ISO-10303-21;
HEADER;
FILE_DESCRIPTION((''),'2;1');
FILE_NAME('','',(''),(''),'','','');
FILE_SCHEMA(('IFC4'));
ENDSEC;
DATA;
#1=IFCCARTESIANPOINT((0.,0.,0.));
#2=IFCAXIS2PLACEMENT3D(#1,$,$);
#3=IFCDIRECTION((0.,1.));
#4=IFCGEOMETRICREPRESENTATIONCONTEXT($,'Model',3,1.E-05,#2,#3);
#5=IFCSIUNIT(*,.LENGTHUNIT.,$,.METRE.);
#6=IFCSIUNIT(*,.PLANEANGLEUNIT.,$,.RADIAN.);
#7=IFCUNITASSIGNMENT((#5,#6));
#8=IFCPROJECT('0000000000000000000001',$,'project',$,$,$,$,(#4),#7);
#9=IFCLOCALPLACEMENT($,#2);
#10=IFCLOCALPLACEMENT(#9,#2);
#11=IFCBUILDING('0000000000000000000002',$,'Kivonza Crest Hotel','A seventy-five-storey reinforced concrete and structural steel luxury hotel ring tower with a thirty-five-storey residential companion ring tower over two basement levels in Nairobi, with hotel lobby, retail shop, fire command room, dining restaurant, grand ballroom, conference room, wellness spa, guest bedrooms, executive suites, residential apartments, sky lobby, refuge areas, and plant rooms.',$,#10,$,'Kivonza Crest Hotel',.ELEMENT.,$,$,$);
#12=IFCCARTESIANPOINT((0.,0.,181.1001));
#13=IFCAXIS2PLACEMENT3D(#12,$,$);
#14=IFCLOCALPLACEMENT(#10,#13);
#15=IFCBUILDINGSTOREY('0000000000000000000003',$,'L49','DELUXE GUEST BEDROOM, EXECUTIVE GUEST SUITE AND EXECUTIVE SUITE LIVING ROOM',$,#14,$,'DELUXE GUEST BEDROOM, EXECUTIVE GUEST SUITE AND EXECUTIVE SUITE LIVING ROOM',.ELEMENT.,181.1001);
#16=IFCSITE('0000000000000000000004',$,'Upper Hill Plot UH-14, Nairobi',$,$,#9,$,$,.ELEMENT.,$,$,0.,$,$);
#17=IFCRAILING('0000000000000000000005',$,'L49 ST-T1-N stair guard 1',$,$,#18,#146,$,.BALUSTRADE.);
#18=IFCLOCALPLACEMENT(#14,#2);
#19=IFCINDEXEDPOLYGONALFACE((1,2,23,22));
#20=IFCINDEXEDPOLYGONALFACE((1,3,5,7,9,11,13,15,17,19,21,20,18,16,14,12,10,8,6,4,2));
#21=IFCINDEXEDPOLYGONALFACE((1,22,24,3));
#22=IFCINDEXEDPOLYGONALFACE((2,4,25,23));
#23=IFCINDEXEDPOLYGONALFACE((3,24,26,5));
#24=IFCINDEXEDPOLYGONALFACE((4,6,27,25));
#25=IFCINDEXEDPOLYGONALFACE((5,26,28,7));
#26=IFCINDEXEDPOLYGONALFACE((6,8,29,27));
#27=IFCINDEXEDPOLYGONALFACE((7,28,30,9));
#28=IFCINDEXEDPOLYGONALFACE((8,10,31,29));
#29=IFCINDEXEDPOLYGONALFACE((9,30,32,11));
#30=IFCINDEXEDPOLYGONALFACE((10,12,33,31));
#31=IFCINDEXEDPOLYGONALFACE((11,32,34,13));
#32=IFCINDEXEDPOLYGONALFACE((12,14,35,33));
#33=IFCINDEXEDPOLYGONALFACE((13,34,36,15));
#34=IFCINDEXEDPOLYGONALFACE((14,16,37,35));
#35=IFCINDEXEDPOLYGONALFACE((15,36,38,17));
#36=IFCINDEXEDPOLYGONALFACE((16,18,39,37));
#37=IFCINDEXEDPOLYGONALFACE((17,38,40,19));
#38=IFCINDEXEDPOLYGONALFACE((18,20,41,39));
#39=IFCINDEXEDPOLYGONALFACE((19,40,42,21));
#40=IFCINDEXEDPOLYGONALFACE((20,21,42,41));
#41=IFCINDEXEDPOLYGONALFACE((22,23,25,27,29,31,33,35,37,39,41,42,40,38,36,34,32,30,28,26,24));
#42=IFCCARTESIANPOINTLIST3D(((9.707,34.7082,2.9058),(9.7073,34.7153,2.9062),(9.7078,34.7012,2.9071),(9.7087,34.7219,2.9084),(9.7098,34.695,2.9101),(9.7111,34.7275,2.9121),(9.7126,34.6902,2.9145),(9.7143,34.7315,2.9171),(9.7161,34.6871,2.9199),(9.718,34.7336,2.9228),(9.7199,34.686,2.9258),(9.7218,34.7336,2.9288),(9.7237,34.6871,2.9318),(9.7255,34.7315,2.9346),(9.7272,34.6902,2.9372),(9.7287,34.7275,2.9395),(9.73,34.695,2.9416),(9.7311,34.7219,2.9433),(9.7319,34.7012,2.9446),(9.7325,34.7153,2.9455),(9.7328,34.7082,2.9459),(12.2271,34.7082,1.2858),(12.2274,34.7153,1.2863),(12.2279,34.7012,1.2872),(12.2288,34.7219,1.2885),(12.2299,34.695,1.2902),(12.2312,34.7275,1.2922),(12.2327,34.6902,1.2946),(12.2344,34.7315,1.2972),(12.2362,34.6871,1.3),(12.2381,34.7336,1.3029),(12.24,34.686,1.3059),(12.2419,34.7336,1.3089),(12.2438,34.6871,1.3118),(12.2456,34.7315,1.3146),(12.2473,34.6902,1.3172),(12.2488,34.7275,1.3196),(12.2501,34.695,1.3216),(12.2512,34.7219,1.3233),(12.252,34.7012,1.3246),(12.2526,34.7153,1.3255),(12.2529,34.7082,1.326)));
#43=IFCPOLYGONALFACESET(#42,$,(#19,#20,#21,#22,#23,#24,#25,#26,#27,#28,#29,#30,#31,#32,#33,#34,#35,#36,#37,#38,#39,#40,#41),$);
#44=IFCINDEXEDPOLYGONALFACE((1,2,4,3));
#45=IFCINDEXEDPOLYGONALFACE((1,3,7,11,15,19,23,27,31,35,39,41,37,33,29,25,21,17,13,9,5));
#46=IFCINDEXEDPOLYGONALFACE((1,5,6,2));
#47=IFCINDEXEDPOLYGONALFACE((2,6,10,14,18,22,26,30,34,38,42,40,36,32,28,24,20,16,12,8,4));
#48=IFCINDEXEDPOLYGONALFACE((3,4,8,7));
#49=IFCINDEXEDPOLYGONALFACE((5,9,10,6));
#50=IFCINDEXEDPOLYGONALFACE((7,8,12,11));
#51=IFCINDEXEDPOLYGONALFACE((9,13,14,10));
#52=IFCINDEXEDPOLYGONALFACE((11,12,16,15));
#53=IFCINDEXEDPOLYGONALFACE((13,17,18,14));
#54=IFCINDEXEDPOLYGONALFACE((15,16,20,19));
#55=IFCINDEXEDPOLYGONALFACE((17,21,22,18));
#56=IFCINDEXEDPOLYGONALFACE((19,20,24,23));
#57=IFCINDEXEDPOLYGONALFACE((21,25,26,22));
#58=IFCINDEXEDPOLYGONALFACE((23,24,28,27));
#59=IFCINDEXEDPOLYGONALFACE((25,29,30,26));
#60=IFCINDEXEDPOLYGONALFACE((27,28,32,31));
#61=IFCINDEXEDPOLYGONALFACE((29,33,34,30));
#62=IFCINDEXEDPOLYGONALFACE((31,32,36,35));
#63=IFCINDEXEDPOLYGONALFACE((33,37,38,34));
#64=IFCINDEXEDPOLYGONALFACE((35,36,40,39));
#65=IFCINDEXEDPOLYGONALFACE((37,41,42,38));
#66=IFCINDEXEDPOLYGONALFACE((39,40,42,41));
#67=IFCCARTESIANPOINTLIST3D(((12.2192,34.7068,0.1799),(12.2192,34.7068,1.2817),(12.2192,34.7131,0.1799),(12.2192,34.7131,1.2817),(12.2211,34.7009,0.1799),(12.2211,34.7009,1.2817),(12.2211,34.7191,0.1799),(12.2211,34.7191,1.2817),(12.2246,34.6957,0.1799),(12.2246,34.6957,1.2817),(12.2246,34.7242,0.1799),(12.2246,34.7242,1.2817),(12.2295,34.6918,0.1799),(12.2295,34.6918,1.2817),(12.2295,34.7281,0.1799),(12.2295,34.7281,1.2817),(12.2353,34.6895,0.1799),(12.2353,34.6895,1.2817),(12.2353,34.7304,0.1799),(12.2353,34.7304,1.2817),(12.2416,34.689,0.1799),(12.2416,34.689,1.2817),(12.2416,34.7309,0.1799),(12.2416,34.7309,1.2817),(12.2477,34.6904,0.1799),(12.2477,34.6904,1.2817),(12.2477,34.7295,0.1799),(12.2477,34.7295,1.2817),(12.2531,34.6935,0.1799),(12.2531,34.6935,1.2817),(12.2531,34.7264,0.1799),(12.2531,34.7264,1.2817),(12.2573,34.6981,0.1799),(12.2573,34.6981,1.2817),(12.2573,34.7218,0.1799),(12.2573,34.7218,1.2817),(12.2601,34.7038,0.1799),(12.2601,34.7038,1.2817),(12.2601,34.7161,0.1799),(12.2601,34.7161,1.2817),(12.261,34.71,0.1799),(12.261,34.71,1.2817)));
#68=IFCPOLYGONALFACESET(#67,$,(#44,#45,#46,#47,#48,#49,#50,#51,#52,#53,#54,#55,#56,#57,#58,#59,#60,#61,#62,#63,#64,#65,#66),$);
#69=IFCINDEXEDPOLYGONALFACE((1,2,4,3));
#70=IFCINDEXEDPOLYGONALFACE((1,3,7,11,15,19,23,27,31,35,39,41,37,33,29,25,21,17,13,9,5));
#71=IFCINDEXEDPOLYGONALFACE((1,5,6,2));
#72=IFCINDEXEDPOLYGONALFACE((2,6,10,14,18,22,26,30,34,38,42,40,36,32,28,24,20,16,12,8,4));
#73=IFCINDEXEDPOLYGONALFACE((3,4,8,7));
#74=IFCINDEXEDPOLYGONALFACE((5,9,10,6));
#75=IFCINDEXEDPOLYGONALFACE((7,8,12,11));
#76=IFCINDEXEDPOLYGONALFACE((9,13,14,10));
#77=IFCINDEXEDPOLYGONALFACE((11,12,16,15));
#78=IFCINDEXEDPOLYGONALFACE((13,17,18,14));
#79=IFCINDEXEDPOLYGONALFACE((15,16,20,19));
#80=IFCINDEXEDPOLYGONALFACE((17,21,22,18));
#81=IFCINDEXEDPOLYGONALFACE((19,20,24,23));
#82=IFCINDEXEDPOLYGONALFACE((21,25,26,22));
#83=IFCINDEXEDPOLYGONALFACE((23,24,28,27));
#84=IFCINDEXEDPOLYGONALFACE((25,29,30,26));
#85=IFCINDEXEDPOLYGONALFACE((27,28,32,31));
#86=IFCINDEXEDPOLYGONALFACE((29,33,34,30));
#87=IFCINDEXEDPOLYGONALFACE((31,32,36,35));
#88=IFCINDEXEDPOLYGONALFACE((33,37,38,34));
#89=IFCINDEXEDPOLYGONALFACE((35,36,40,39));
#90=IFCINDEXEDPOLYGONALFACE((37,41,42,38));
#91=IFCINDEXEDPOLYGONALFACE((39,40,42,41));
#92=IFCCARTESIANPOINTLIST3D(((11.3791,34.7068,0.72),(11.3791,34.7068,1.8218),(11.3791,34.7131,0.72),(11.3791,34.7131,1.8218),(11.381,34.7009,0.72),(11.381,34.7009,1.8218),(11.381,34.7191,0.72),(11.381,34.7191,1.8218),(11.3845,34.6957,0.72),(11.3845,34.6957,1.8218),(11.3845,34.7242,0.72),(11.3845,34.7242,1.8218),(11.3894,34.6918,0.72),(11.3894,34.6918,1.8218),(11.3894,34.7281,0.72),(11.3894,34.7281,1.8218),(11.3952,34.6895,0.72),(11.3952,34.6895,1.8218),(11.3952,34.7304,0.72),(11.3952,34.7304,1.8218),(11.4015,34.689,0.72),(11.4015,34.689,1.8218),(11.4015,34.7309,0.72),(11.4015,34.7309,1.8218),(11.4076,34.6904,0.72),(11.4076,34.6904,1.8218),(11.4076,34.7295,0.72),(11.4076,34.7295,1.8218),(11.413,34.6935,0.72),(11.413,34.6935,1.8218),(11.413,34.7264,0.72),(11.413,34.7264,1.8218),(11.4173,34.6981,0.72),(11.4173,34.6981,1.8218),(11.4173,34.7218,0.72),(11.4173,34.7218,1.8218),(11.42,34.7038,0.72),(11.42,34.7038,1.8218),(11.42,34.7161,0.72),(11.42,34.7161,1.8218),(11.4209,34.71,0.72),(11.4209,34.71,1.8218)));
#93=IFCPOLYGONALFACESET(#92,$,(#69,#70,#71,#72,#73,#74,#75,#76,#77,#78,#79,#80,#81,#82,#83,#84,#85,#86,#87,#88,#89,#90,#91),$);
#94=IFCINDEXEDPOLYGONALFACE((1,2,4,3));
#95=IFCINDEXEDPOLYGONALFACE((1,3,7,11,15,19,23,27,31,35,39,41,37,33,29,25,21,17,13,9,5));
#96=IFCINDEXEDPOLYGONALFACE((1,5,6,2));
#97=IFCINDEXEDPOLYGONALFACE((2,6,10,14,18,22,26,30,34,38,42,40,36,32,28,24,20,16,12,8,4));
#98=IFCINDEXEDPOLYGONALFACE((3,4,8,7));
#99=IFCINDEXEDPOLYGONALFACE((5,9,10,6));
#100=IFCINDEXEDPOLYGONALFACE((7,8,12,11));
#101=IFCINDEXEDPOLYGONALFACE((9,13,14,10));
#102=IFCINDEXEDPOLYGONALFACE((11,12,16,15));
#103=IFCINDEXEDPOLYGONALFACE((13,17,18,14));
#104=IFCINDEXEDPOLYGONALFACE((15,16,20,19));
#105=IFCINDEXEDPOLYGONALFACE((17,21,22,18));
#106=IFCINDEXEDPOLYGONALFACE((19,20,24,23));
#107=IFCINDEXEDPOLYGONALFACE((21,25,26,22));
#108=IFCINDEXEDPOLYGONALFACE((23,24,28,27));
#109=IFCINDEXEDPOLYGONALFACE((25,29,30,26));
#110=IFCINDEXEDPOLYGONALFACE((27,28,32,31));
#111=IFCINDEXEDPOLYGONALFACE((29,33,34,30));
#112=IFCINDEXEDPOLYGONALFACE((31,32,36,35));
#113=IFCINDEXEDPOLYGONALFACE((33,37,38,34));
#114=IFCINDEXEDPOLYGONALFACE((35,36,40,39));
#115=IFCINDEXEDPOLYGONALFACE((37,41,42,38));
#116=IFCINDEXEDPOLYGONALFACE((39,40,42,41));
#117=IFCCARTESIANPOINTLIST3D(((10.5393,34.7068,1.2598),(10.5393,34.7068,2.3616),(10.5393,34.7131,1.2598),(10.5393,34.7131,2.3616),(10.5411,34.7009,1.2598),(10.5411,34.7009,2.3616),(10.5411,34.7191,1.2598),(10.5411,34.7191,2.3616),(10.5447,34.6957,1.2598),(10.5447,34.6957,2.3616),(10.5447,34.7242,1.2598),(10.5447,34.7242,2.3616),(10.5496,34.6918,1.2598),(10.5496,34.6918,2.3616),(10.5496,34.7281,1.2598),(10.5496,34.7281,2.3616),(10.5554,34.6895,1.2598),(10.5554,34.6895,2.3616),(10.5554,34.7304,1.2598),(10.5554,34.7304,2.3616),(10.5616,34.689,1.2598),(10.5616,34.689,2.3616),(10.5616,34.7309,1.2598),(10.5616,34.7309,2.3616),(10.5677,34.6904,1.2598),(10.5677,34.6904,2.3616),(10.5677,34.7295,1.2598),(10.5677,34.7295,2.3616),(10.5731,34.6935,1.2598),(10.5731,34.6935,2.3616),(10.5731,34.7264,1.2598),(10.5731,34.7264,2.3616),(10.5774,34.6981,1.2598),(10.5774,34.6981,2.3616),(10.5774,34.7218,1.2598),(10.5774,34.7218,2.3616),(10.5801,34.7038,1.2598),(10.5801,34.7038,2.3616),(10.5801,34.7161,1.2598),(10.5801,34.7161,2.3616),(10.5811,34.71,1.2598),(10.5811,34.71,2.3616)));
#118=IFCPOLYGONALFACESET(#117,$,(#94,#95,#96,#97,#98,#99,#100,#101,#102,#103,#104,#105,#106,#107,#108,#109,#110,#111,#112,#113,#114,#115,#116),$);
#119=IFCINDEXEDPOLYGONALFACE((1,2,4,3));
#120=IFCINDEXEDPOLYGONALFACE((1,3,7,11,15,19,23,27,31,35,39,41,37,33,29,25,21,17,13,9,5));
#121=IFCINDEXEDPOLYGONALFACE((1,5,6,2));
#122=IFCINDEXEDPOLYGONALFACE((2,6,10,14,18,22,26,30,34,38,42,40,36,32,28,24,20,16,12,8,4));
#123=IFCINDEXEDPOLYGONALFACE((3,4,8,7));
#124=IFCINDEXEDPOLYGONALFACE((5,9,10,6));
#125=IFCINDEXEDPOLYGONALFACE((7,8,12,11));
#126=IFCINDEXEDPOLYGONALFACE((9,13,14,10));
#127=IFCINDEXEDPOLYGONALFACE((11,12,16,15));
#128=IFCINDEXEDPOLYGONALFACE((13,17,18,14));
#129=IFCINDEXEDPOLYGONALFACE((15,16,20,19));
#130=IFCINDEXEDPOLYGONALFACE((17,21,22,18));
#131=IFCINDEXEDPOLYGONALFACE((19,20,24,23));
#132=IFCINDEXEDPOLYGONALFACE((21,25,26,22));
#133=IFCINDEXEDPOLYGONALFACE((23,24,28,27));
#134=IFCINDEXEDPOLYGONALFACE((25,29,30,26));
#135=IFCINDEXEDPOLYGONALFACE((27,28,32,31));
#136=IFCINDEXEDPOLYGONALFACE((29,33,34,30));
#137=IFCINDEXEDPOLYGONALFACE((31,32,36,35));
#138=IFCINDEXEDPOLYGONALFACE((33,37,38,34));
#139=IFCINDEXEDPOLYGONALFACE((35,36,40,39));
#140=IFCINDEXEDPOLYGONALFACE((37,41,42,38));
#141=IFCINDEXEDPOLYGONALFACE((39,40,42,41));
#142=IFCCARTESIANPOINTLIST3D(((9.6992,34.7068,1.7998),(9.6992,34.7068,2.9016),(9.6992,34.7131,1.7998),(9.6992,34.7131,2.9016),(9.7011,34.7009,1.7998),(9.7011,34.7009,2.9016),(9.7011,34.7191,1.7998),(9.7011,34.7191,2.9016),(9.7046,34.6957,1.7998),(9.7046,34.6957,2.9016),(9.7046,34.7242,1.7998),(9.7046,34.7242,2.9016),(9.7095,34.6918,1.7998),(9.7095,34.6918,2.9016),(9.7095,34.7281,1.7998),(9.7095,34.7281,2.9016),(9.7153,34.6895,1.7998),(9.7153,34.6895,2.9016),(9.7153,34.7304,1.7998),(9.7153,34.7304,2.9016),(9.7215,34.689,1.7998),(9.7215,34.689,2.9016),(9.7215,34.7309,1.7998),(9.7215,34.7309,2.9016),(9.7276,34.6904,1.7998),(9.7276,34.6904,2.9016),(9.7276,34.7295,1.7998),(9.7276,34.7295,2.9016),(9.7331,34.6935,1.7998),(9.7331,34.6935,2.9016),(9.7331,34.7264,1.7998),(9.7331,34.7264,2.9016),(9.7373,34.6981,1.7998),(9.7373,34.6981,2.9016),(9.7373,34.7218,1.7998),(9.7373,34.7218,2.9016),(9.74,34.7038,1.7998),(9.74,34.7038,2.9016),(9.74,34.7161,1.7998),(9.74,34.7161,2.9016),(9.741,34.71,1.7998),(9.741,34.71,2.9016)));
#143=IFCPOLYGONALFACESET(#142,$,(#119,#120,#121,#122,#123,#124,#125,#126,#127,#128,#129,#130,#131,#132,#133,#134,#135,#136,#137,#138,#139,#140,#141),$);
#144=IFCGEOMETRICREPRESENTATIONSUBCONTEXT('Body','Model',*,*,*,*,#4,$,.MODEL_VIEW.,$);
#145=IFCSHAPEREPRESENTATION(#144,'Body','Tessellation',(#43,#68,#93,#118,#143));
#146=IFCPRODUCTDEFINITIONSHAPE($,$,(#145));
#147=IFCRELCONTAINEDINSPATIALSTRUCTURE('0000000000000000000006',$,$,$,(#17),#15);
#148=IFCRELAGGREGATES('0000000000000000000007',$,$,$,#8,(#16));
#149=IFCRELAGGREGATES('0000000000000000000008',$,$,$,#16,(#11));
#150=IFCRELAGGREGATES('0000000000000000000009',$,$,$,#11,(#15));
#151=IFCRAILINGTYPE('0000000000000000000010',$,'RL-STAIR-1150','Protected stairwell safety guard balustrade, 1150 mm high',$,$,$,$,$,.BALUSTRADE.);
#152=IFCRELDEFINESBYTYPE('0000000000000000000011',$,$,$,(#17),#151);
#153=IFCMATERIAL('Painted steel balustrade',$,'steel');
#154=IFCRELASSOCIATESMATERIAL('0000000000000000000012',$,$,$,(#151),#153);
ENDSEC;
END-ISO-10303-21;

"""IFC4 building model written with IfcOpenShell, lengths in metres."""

from ifc_helpers import new_model, si_unit, direction, frame, origin, origin_2d, place, context, subcontext, project, spatial, circle, extrude, material, type_object, element, save


model = new_model("IFC4")

# Units and contexts
model_context = context("Model", 3, precision=1e-05, world=origin(), true_north=direction((0.0, 1.0)))
body_context = subcontext(model_context, "Body", "Model", "MODEL_VIEW")
ifc_project = project(units=[si_unit("LENGTHUNIT", "METRE"), si_unit("PLANEANGLEUNIT", "RADIAN")], contexts=[model_context])

# Site, building, storey
site_placement = place(None, origin())
site = spatial("IfcSite", under=ifc_project, at=site_placement, Name="Upper Hill Plot UH-14, Nairobi", CompositionType="ELEMENT", RefElevation=0.0)
building_placement = place(site_placement, origin())
building = spatial("IfcBuilding", under=site, at=building_placement, Name="Kivonza Crest Hotel", Description="A seventy-five-storey reinforced concrete and structural steel luxury hotel ring tower with a thirty-five-storey residential companion ring tower over two basement levels in Nairobi, with hotel lobby, retail shop, fire command room, dining restaurant, grand ballroom, conference room, wellness spa, guest bedrooms, executive suites, residential apartments, sky lobby, refuge areas, and plant rooms.", LongName="Kivonza Crest Hotel", CompositionType="ELEMENT")
storey_placement = place(building_placement, frame((0.0, 0.0, 181.1001)))
storey = spatial("IfcBuildingStorey", under=building, at=storey_placement, Name="L49", Description="DELUXE GUEST BEDROOM, EXECUTIVE GUEST SUITE AND EXECUTIVE SUITE LIVING ROOM", LongName="DELUXE GUEST BEDROOM, EXECUTIVE GUEST SUITE AND EXECUTIVE SUITE LIVING ROOM", CompositionType="ELEMENT", Elevation=181.1001)

# Railing
ifc_material_1 = material(Name="Painted steel balustrade", Category="steel")
railing_type_1 = type_object("IfcRailingType", Name="RL-STAIR-1150", Description="Protected stairwell safety guard balustrade, 1150 mm high", PredefinedType="BALUSTRADE", material=ifc_material_1)
railing_1_placement = place(storey_placement, frame((12.24, 34.71, 0.1799)))
element("IfcRailing", 1, at=railing_1_placement, inside=storey, type_object=railing_type_1, Name="L49 ST-T1-N stair guard 1", PredefinedType="BALUSTRADE", context=body_context, shape_type="SweptSolid", body=[
    extrude(circle(Radius=0.0239, at=origin_2d()), frame((0.0, 0.0, 1.126), z_axis=(-0.8412, 0.0, 0.540725), x_axis=(0.0, -1.0, 0.0)), (0.0, 0.0, 1.0), 2.9958),
    extrude(circle(Radius=0.021, at=origin_2d()), origin(), (0.0, 0.0, 1.0), 1.1018),
    extrude(circle(Radius=0.021, at=origin_2d()), frame((-0.8401, 0.0, 0.54)), (0.0, 0.0, 1.0), 1.1018),
    extrude(circle(Radius=0.021, at=origin_2d()), frame((-1.6799, 0.0, 1.0798)), (0.0, 0.0, 1.0), 1.1018),
    extrude(circle(Radius=0.021, at=origin_2d()), frame((-2.52, 0.0, 1.6199)), (0.0, 0.0, 1.0), 1.1018),
])

save(model, "model.ifc")
